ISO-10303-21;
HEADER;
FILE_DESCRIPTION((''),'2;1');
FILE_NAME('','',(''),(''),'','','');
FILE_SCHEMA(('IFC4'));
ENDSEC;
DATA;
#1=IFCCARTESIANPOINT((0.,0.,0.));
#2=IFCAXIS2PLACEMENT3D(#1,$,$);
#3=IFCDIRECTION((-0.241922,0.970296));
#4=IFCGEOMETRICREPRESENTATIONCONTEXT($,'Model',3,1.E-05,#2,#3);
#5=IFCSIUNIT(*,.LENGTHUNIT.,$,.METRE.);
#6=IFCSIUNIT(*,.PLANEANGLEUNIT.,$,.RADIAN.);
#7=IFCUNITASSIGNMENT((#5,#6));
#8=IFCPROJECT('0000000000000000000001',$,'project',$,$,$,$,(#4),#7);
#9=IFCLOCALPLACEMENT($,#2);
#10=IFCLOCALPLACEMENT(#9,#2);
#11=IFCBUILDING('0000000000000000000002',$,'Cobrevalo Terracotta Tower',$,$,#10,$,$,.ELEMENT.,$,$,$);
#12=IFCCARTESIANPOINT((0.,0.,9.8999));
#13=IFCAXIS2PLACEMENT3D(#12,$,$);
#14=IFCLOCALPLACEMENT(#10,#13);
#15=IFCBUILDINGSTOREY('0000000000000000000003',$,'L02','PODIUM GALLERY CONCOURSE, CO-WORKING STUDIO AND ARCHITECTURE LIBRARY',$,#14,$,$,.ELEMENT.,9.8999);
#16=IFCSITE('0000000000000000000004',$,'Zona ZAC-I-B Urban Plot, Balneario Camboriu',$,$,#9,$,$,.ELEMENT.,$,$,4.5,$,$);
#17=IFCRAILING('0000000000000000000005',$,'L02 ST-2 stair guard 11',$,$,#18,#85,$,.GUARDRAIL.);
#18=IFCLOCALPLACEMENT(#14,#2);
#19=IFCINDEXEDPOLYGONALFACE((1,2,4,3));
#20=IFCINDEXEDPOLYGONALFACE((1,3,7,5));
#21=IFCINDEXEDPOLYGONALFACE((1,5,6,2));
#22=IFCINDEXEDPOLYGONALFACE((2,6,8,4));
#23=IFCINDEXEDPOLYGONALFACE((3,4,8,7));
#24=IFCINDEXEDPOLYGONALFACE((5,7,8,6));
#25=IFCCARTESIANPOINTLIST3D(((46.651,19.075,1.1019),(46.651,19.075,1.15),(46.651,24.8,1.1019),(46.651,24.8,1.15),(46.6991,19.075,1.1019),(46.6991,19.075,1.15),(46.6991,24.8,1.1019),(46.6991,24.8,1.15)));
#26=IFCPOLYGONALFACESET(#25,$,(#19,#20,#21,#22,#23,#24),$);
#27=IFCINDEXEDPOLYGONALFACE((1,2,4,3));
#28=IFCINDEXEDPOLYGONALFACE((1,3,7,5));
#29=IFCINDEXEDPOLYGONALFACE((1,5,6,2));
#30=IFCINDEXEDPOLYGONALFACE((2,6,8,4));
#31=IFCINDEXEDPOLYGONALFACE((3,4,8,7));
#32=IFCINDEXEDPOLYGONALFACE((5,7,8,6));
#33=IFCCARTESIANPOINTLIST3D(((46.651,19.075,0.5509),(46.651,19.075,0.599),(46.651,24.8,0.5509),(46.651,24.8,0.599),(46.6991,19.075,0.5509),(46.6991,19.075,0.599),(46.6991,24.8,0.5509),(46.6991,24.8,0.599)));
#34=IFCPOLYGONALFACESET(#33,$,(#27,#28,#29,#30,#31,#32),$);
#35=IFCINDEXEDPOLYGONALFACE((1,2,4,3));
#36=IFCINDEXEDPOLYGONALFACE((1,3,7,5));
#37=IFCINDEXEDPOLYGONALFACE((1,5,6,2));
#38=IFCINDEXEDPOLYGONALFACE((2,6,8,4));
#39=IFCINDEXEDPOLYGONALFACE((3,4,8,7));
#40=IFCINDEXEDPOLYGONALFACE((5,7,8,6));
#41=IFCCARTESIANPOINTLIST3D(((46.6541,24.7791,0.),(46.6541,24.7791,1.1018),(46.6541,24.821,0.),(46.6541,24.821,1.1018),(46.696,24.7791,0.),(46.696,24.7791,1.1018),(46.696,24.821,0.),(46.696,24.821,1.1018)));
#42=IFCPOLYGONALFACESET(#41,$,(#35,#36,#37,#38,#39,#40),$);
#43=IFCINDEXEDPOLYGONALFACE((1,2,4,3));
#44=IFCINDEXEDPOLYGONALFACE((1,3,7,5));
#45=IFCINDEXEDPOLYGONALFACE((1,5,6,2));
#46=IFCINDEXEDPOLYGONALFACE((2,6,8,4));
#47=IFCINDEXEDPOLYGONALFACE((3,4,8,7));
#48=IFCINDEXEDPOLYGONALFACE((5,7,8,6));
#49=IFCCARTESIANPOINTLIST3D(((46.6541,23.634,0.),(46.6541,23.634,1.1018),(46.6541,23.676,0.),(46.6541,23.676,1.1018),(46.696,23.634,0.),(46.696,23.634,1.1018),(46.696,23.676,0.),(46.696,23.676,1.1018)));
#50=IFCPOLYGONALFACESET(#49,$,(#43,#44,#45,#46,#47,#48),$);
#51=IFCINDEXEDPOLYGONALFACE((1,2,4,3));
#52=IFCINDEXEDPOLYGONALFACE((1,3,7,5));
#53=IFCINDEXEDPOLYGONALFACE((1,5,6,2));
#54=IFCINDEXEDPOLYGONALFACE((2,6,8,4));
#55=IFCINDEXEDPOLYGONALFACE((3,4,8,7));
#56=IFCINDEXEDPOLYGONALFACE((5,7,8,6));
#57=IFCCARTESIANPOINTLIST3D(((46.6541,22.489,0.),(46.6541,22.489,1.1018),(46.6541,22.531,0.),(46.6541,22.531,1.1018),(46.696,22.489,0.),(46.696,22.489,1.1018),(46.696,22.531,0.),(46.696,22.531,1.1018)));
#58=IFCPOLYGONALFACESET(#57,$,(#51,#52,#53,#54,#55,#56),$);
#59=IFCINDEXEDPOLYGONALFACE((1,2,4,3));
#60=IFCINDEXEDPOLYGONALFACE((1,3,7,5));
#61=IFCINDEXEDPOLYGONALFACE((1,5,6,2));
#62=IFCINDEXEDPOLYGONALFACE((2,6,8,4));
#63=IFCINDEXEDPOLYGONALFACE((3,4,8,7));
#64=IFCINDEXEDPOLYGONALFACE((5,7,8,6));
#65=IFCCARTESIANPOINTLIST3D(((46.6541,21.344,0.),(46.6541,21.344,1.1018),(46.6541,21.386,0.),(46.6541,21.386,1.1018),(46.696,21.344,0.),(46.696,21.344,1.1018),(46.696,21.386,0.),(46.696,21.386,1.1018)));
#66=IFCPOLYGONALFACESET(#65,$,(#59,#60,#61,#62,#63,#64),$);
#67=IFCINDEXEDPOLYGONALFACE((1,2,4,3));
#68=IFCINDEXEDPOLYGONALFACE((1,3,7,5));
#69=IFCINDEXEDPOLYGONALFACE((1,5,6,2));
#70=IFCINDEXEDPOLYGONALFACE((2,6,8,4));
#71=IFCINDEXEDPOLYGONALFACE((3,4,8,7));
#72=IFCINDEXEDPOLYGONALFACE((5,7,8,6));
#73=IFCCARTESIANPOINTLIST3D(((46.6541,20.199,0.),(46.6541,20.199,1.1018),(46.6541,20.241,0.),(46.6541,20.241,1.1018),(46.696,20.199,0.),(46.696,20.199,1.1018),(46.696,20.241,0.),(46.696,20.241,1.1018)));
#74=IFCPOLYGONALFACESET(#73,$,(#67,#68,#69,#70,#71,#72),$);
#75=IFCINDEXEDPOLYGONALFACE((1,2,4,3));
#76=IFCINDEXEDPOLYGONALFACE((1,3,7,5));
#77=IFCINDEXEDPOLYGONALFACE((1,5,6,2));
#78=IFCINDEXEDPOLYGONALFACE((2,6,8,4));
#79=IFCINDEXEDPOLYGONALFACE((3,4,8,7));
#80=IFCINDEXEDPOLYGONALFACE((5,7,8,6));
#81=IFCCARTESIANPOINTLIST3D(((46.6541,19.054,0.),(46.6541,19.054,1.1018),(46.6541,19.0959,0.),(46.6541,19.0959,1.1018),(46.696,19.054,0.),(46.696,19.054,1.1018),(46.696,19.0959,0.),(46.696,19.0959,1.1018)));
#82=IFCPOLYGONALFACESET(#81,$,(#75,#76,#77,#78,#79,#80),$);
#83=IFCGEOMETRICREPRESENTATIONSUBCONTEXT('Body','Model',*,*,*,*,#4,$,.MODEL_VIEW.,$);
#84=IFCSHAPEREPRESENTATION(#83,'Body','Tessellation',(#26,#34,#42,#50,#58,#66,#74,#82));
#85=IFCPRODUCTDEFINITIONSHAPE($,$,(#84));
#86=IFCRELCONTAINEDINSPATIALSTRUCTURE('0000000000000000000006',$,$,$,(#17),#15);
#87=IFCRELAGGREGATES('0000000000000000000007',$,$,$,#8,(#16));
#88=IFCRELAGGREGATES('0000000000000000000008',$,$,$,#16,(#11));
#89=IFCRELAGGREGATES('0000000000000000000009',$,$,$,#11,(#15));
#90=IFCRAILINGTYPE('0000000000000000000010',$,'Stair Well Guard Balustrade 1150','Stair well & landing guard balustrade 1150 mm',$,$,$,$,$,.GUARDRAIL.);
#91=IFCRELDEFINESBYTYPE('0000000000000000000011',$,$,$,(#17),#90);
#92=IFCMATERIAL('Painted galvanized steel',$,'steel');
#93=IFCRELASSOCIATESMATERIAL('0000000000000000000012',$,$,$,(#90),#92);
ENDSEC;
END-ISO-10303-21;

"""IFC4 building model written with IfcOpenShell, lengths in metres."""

from ifc_helpers import new_model, si_unit, direction, frame, origin, origin_2d, place, context, subcontext, project, spatial, rectangle, extrude, material, type_object, element, save


model = new_model("IFC4")

# Units and contexts
model_context = context("Model", 3, precision=1e-05, world=origin(), true_north=direction((-0.241922, 0.970296)))
body_context = subcontext(model_context, "Body", "Model", "MODEL_VIEW")
ifc_project = project(units=[si_unit("LENGTHUNIT", "METRE"), si_unit("PLANEANGLEUNIT", "RADIAN")], contexts=[model_context])

# Site, building, storey
site_placement = place(None, origin())
site = spatial("IfcSite", under=ifc_project, at=site_placement, Name="Zona ZAC-I-B Urban Plot, Balneario Camboriu", CompositionType="ELEMENT", RefElevation=4.5)
building_placement = place(site_placement, origin())
building = spatial("IfcBuilding", under=site, at=building_placement, Name="Cobrevalo Terracotta Tower", CompositionType="ELEMENT")
storey_placement = place(building_placement, frame((0.0, 0.0, 9.8999)))
storey = spatial("IfcBuildingStorey", under=building, at=storey_placement, Name="L02", Description="PODIUM GALLERY CONCOURSE, CO-WORKING STUDIO AND ARCHITECTURE LIBRARY", CompositionType="ELEMENT", Elevation=9.8999)

# Railing
ifc_material_1 = material(Name="Painted galvanized steel", Category="steel")
railing_type = type_object("IfcRailingType", Name="Stair Well Guard Balustrade 1150", Description="Stair well & landing guard balustrade 1150 mm", PredefinedType="GUARDRAIL", material=ifc_material_1)
for number, where, name in (
    (1, (46.675, 24.8, 0.0), "L02 ST-2 stair guard 11"),
):
    element("IfcRailing", number, at=place(storey_placement, frame(where)), inside=storey, type_object=railing_type, Name=name, PredefinedType="GUARDRAIL", context=body_context, shape_type="SweptSolid", body=[
        extrude(rectangle(XDim=0.0481, YDim=0.0481, at=origin_2d()), frame((0.0, 0.0, 1.126), z_axis=(0.0, -1.0, 0.0), x_axis=(1.0, 0.0, 0.0)), (0.0, 0.0, 1.0), 5.7251),
        extrude(rectangle(XDim=0.0481, YDim=0.0481, at=origin_2d()), frame((0.0, 0.0, 0.575), z_axis=(0.0, -1.0, 0.0), x_axis=(1.0, 0.0, 0.0)), (0.0, 0.0, 1.0), 5.7251),
        extrude(rectangle(XDim=0.042, YDim=0.042, at=origin_2d()), origin(), (0.0, 0.0, 1.0), 1.1018),
        extrude(rectangle(XDim=0.042, YDim=0.042, at=origin_2d()), frame((0.0, -1.145, 0.0)), (0.0, 0.0, 1.0), 1.1018),
        extrude(rectangle(XDim=0.042, YDim=0.042, at=origin_2d()), frame((0.0, -2.29, 0.0)), (0.0, 0.0, 1.0), 1.1018),
        extrude(rectangle(XDim=0.042, YDim=0.042, at=origin_2d()), frame((0.0, -3.4351, 0.0)), (0.0, 0.0, 1.0), 1.1018),
        extrude(rectangle(XDim=0.042, YDim=0.042, at=origin_2d()), frame((0.0, -4.5801, 0.0)), (0.0, 0.0, 1.0), 1.1018),
        extrude(rectangle(XDim=0.042, YDim=0.042, at=origin_2d()), frame((0.0, -5.7251, 0.0)), (0.0, 0.0, 1.0), 1.1018),
    ])

save(model, "model.ifc")
